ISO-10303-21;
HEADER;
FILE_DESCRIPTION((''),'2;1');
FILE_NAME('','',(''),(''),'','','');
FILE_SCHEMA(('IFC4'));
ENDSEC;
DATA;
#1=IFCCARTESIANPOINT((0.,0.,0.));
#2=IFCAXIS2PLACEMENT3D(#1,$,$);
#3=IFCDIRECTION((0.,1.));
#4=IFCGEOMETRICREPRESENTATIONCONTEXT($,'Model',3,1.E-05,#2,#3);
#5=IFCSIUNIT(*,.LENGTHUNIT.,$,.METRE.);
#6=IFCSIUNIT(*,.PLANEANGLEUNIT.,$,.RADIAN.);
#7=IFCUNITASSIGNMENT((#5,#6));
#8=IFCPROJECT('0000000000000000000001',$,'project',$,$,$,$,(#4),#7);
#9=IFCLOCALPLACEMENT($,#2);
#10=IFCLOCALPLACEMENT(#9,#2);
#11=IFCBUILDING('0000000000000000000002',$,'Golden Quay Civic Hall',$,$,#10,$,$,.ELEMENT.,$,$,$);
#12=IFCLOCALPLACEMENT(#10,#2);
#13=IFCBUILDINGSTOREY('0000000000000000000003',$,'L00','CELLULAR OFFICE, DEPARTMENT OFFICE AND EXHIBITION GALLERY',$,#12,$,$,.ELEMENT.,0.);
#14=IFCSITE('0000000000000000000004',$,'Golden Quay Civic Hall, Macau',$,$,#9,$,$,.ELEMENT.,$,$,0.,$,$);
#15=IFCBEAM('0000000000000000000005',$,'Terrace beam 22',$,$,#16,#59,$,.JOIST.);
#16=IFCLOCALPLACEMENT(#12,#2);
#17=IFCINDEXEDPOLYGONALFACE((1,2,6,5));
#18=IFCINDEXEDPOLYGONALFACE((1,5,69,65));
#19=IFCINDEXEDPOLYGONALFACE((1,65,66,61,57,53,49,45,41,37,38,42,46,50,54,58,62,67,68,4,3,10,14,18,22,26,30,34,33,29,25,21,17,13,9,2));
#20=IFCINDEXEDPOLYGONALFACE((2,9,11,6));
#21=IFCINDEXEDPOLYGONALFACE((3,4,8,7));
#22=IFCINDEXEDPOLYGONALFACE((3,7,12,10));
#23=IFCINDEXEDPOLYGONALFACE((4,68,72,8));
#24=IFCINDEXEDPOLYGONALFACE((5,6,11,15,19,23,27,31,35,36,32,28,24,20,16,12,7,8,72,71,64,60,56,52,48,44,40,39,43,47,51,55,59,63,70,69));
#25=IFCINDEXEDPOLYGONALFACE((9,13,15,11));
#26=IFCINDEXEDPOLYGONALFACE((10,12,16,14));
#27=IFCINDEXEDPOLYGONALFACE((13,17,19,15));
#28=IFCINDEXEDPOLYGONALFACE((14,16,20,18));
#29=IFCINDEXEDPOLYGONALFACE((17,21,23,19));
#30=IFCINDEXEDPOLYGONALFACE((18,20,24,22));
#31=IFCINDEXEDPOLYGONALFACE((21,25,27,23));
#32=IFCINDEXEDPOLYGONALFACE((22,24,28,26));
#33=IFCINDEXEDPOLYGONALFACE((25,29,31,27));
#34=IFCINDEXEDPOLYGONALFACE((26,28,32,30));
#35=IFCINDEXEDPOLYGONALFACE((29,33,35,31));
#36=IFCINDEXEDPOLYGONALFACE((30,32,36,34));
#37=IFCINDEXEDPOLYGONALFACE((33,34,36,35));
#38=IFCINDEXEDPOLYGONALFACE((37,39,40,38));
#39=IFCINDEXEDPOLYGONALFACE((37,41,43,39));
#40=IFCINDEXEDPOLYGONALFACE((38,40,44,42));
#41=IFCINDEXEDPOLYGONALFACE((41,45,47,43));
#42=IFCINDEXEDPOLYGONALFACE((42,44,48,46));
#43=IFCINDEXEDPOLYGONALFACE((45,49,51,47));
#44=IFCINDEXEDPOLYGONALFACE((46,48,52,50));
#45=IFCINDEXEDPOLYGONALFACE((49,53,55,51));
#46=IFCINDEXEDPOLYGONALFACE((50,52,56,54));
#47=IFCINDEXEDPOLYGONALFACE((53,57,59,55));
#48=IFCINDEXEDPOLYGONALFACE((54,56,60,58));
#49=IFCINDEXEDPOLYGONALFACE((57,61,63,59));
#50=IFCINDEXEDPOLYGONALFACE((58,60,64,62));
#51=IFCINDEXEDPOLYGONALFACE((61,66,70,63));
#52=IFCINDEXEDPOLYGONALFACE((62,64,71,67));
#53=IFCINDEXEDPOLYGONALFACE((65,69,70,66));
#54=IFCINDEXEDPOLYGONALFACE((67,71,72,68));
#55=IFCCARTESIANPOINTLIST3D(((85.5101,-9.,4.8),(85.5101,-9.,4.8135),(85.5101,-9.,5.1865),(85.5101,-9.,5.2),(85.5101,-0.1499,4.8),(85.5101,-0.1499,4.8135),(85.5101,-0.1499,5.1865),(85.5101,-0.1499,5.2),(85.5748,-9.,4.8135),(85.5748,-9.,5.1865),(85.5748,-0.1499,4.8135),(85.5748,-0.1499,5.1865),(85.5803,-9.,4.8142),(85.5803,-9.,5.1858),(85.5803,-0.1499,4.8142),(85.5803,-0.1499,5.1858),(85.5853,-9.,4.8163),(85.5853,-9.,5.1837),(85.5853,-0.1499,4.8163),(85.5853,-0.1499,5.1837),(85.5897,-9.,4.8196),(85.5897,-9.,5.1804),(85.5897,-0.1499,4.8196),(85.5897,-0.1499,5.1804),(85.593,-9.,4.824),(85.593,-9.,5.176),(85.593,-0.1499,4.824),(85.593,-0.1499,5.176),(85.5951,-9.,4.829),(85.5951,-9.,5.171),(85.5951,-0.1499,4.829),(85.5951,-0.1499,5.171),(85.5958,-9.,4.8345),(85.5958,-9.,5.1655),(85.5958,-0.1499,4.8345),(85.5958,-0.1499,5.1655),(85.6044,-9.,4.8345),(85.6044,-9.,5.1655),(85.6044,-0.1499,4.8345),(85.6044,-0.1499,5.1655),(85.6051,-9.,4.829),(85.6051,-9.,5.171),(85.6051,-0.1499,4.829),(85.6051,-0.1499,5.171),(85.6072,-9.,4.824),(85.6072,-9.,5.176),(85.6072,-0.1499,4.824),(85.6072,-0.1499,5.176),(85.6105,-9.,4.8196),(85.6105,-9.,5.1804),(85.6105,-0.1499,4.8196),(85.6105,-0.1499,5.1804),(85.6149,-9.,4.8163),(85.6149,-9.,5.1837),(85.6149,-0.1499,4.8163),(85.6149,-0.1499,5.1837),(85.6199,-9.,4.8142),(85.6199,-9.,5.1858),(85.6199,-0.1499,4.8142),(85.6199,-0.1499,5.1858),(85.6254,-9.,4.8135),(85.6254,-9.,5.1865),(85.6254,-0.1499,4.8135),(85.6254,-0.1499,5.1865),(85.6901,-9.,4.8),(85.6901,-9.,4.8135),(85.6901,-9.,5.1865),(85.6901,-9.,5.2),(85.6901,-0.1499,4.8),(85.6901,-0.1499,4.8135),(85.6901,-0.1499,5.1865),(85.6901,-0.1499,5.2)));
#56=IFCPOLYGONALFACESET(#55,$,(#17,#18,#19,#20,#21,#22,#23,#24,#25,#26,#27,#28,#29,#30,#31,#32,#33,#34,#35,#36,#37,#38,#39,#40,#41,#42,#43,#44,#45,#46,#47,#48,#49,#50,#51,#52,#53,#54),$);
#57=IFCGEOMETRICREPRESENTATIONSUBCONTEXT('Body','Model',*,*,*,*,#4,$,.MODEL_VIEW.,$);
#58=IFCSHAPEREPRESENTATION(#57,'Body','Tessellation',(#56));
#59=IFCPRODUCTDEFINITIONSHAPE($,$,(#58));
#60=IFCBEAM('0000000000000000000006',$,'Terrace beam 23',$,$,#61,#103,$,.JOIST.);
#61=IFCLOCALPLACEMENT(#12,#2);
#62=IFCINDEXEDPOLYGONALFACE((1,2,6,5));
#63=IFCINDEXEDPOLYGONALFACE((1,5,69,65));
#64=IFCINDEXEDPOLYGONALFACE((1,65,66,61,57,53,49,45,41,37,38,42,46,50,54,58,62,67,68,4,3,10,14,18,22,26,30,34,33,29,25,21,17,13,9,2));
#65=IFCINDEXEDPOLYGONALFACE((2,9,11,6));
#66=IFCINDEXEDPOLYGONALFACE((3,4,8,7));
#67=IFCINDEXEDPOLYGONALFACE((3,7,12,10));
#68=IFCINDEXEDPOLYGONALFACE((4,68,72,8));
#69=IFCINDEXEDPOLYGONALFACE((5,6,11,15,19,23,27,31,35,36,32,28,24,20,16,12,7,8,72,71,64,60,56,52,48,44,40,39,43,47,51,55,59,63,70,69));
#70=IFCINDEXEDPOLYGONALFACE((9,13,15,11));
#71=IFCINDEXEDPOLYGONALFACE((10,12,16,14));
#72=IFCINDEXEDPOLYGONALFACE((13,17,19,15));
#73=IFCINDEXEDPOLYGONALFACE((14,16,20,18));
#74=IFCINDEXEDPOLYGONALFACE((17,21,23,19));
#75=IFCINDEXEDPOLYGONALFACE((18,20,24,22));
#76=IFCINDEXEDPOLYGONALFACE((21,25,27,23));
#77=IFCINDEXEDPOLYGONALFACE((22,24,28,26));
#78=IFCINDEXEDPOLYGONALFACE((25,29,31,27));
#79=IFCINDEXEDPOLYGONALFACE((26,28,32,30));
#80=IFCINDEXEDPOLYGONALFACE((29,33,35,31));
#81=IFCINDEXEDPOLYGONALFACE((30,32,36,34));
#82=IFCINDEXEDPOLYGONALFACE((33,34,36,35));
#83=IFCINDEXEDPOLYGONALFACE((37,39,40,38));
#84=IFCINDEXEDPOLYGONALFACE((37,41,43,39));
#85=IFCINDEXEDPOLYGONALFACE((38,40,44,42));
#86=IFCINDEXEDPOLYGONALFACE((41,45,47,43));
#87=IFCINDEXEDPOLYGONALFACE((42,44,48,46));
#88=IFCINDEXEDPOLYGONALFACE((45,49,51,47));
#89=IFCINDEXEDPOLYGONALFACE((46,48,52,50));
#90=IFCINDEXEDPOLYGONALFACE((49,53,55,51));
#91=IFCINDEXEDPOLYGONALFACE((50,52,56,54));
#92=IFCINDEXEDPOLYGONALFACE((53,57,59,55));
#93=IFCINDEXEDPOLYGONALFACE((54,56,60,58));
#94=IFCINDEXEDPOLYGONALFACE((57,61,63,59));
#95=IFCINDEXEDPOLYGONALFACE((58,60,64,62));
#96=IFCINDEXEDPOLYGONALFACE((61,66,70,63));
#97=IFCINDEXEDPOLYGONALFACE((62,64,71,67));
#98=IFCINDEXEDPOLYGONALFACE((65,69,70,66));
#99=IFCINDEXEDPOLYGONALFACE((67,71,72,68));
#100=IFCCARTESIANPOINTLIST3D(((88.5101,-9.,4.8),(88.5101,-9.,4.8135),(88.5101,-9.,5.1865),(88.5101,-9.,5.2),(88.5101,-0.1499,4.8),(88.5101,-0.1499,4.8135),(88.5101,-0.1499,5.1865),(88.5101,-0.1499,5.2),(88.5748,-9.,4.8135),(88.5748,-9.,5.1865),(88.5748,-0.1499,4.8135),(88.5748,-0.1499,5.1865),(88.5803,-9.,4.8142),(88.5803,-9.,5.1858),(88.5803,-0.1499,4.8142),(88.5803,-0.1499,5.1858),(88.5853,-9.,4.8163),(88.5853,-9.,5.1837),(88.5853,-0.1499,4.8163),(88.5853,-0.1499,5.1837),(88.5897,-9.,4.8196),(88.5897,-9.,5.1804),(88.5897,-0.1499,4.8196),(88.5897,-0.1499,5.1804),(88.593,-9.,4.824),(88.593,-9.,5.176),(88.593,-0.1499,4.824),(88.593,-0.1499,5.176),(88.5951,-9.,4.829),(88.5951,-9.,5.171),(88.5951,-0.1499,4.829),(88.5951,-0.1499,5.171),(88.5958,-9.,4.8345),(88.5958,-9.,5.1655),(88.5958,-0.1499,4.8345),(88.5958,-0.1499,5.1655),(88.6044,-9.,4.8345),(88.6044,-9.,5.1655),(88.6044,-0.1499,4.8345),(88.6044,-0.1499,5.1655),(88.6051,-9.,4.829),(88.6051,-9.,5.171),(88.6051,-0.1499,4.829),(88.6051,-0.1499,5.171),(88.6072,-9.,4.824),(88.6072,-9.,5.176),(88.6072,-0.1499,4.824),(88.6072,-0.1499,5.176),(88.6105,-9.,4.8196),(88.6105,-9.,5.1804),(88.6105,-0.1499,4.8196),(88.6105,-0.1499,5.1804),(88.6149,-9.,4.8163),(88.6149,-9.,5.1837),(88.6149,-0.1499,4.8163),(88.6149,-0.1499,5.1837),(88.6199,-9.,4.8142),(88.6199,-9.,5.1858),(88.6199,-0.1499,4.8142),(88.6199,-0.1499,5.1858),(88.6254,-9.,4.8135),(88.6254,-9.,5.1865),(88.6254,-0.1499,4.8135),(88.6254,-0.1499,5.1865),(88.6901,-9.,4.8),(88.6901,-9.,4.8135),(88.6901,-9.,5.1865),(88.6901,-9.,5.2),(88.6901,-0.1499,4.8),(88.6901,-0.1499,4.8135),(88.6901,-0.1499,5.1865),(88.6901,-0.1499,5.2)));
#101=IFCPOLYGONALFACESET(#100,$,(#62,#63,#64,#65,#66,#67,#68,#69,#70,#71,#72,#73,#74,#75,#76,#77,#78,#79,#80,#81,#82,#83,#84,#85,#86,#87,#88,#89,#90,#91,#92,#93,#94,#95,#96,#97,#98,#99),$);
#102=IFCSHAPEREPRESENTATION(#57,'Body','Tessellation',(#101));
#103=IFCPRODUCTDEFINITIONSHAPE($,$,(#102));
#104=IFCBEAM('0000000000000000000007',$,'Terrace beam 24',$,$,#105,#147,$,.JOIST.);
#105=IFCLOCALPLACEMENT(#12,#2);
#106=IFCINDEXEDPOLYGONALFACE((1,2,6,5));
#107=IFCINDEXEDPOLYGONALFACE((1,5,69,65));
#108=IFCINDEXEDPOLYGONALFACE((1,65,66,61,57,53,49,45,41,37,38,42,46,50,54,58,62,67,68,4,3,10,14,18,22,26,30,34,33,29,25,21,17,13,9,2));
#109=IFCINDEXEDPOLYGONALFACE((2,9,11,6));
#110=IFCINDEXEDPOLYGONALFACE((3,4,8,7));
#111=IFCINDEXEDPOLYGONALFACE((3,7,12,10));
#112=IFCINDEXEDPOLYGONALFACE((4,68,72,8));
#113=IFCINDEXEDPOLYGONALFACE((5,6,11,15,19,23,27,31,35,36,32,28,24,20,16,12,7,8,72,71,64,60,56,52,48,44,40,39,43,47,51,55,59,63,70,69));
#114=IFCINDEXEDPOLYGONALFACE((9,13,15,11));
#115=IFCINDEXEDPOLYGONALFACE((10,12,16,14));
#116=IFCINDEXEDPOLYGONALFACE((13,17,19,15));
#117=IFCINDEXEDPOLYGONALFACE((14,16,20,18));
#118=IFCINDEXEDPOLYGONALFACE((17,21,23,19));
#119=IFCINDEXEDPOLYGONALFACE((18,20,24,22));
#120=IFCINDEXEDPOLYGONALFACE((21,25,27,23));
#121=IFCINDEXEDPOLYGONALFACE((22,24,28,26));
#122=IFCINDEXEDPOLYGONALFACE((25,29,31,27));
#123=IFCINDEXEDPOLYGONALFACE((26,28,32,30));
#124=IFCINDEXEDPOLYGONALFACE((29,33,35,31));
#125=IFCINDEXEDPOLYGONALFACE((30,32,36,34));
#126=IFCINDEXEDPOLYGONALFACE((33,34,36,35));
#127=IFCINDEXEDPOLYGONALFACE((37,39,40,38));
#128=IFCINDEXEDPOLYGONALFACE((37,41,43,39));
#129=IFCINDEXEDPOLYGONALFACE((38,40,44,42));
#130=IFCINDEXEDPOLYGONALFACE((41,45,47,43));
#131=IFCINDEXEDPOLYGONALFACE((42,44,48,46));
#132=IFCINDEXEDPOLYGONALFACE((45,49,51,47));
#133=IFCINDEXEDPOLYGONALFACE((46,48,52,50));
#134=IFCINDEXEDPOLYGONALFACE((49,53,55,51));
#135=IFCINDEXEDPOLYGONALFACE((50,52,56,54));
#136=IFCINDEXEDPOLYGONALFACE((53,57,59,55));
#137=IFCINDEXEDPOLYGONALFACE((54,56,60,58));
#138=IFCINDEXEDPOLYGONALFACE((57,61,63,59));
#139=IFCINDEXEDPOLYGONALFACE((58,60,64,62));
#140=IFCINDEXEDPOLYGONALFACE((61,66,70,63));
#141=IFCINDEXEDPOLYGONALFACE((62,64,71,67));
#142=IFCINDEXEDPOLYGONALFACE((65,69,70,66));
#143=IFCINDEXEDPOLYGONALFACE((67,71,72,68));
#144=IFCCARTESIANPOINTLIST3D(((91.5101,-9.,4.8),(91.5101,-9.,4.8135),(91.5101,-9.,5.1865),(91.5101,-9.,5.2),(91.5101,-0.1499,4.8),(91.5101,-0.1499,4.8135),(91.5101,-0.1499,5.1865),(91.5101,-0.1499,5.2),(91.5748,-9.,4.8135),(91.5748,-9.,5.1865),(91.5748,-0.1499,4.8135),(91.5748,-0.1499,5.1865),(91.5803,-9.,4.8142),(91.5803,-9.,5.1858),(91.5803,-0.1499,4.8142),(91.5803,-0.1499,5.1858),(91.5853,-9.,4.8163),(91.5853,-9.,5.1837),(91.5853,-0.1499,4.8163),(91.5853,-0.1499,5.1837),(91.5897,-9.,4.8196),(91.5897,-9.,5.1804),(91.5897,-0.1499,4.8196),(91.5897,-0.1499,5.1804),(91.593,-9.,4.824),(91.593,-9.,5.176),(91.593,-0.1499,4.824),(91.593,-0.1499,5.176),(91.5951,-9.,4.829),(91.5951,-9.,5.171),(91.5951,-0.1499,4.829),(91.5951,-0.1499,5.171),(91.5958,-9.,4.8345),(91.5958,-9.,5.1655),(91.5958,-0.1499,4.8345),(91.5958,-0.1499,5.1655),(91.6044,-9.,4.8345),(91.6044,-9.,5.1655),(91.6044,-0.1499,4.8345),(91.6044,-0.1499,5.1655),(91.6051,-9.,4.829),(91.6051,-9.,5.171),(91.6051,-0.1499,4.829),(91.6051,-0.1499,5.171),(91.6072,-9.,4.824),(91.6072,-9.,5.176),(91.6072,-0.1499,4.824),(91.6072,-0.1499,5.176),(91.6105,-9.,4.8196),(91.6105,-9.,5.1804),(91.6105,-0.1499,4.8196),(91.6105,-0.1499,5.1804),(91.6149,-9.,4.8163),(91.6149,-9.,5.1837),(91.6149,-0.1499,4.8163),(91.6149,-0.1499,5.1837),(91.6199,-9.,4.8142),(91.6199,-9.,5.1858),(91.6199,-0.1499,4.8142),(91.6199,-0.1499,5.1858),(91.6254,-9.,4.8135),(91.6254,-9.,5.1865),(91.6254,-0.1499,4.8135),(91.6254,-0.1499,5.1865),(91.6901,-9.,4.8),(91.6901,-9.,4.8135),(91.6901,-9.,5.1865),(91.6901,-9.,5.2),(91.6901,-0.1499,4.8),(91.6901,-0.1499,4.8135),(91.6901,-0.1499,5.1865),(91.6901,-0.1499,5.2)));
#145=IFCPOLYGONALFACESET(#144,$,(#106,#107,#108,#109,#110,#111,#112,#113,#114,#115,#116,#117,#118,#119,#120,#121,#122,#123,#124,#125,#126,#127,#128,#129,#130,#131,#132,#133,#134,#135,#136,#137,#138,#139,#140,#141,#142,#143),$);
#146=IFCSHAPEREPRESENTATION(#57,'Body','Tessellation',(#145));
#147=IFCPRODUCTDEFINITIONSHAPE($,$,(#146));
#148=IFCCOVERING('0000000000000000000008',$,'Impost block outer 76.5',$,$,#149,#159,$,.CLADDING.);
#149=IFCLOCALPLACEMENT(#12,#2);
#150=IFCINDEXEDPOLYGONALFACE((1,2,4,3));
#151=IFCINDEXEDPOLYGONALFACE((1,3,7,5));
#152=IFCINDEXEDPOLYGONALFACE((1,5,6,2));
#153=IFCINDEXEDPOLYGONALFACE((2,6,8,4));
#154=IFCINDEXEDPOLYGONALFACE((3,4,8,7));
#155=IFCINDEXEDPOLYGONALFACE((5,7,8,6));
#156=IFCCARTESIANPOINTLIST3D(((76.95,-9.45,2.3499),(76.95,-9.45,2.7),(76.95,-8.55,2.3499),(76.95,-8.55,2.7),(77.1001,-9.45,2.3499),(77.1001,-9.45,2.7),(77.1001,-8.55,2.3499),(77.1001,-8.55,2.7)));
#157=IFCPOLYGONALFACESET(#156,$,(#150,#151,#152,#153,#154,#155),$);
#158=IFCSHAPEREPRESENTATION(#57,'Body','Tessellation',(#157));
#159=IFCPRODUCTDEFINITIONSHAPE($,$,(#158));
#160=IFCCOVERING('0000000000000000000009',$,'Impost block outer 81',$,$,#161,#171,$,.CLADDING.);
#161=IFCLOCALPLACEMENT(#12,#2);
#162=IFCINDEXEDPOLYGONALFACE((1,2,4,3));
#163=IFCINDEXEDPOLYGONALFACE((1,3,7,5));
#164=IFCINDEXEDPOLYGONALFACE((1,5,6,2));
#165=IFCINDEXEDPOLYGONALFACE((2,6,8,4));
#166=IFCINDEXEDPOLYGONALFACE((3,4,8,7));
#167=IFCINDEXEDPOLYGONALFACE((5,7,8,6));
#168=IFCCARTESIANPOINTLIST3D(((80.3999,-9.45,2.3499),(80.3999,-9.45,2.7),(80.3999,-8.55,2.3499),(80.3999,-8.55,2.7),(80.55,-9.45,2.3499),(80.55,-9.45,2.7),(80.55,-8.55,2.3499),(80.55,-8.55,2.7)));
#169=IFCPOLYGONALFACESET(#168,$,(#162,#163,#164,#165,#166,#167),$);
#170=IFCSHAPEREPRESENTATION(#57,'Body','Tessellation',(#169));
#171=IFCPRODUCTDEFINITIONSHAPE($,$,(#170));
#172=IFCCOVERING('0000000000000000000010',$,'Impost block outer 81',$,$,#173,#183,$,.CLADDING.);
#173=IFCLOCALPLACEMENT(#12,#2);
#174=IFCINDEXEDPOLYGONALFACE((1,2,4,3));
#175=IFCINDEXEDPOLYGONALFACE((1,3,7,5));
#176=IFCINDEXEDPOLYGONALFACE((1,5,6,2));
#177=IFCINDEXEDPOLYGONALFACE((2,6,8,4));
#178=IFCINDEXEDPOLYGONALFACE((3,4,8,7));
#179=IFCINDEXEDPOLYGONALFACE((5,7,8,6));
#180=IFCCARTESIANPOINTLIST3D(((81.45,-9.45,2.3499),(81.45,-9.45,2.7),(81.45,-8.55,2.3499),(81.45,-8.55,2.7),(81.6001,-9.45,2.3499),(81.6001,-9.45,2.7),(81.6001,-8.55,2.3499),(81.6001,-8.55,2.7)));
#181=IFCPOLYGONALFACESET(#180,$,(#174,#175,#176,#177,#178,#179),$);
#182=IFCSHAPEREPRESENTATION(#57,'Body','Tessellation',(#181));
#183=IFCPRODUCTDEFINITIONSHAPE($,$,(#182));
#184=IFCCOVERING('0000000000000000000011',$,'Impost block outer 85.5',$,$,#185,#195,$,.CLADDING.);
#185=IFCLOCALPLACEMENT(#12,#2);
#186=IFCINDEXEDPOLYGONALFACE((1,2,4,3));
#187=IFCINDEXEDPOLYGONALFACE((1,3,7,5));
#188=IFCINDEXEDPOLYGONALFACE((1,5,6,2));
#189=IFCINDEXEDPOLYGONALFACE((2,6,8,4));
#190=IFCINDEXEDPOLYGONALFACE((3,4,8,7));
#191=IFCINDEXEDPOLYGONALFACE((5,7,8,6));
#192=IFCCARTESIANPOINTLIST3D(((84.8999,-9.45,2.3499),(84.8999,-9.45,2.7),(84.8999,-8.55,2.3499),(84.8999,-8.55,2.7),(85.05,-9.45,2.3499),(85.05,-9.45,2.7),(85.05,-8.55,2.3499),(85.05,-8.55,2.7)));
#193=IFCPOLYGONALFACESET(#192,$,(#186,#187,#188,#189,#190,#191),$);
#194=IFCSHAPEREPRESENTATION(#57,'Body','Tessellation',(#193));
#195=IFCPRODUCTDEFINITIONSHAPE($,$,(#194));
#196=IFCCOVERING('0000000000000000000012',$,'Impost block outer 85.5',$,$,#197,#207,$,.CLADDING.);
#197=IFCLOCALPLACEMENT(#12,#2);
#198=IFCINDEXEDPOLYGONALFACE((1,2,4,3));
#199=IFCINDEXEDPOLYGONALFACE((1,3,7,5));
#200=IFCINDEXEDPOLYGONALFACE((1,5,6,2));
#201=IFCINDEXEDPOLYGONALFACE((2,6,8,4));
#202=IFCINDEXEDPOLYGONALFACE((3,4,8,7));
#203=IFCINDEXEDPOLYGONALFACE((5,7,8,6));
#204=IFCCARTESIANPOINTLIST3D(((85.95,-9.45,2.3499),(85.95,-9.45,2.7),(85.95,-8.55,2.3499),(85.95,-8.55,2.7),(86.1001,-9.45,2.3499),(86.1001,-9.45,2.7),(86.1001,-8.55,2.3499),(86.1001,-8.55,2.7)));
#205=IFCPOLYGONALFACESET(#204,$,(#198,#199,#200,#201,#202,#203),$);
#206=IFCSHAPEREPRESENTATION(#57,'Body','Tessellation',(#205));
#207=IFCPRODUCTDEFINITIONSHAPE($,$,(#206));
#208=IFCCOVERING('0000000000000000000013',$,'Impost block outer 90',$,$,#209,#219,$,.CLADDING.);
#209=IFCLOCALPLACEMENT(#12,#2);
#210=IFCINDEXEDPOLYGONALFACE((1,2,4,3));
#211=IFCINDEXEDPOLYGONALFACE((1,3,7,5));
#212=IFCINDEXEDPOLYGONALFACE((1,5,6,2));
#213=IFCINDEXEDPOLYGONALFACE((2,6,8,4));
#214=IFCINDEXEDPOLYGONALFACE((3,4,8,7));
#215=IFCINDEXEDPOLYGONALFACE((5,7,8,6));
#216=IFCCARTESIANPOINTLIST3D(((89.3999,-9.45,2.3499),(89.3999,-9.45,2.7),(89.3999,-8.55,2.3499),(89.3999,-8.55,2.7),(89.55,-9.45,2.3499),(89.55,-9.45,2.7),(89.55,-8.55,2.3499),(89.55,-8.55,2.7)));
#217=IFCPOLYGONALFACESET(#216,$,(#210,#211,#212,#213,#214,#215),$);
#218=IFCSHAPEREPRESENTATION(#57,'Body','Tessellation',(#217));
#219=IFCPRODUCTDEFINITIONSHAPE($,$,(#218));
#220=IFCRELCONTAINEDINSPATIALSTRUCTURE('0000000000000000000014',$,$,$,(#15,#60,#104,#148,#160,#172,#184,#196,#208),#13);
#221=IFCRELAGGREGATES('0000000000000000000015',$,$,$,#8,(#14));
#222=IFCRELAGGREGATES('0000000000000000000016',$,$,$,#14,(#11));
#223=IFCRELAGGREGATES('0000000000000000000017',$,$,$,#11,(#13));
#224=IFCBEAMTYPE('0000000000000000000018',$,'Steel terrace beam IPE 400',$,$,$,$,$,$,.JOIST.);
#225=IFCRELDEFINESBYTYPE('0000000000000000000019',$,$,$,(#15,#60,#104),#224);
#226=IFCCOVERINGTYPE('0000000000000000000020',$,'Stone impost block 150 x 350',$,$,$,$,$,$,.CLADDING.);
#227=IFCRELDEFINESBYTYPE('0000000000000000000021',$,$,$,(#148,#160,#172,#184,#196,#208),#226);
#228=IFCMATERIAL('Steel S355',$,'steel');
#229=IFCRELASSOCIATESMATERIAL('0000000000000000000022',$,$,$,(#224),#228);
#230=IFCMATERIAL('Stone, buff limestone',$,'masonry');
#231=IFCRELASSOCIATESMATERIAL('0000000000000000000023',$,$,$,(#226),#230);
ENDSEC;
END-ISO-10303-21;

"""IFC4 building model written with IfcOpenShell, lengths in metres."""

from ifc_helpers import new_model, si_unit, direction, frame, origin, origin_2d, place, context, subcontext, project, spatial, rectangle, i_section, extrude, material, material_profile, profile_set, type_object, element, save


model = new_model("IFC4")

# Units and contexts
model_context = context("Model", 3, precision=1e-05, world=origin(), true_north=direction((0.0, 1.0)))
body_context = subcontext(model_context, "Body", "Model", "MODEL_VIEW")
ifc_project = project(units=[si_unit("LENGTHUNIT", "METRE"), si_unit("PLANEANGLEUNIT", "RADIAN")], contexts=[model_context])

# Site, building, storey
site_placement = place(None, origin())
site = spatial("IfcSite", under=ifc_project, at=site_placement, Name="Golden Quay Civic Hall, Macau", CompositionType="ELEMENT", RefElevation=0.0)
building_placement = place(site_placement, origin())
building = spatial("IfcBuilding", under=site, at=building_placement, Name="Golden Quay Civic Hall", CompositionType="ELEMENT")
storey_placement = place(building_placement, origin())
storey = spatial("IfcBuildingStorey", under=building, at=storey_placement, Name="L00", Description="CELLULAR OFFICE, DEPARTMENT OFFICE AND EXHIBITION GALLERY", CompositionType="ELEMENT", Elevation=0.0)

# Beams
ifc_material_1 = material(Name="Steel S355", Category="steel")
ifc_material_profile_1 = material_profile(ifc_material_1, i_section(OverallWidth=0.1799, OverallDepth=0.3999, WebThickness=0.0085, FlangeThickness=0.0134, FilletRadius=0.021, at=origin_2d()), Name="IPE 400")
ifc_profile_set_1 = profile_set([ifc_material_profile_1], Name="Steel S355")
beam_type_1 = type_object("IfcBeamType", Name="Steel terrace beam IPE 400", PredefinedType="JOIST", material=ifc_profile_set_1)
for number, where, z_axis, x_axis, name in (
    (1, (85.6001, -9.0, 5.0), (0.0, 1.0, 0.0), (-1.0, 0.0, 0.0), "Terrace beam 22"),
    (2, (88.6001, -9.0, 5.0), (0.0, 1.0, 0.0), (-1.0, 0.0, 0.0), "Terrace beam 23"),
    (3, (91.6001, -9.0, 5.0), (0.0, 1.0, 0.0), (-1.0, 0.0, 0.0), "Terrace beam 24"),
):
    element("IfcBeam", number, at=place(storey_placement, frame(where, z_axis=z_axis, x_axis=x_axis)), inside=storey, type_object=beam_type_1, Name=name, PredefinedType="JOIST", context=body_context, shape_type="SweptSolid", body=[
        extrude(i_section(OverallWidth=0.1799, OverallDepth=0.3999, WebThickness=0.0085, FlangeThickness=0.0134, FilletRadius=0.021, at=origin_2d()), origin(), (0.0, 0.0, 1.0), 8.8501),
    ])

# Coverings
ifc_material_2 = material(Name="Stone, buff limestone", Category="masonry")
ifc_material_profile_2 = material_profile(ifc_material_2, rectangle(XDim=0.8999, YDim=0.3501, at=origin_2d()), Name="RC 900x350")
ifc_profile_set_2 = profile_set([ifc_material_profile_2], Name="Stone, buff limestone")
covering_type_1 = type_object("IfcCoveringType", Name="Stone impost block 150 x 350", PredefinedType="CLADDING", material=ifc_profile_set_2)
for number, where, z_axis, x_axis, name in (
    (4, (76.95, -9.0, 2.5249), (1.0, 0.0, 0.0), (0.0, 1.0, 0.0), "Impost block outer 76.5"),
    (5, (80.55, -9.0, 2.5249), (-1.0, 0.0, 0.0), (0.0, -1.0, 0.0), "Impost block outer 81"),
    (6, (81.45, -9.0, 2.5249), (1.0, 0.0, 0.0), (0.0, 1.0, 0.0), "Impost block outer 81"),
    (7, (85.05, -9.0, 2.5249), (-1.0, 0.0, 0.0), (0.0, -1.0, 0.0), "Impost block outer 85.5"),
    (8, (85.95, -9.0, 2.5249), (1.0, 0.0, 0.0), (0.0, 1.0, 0.0), "Impost block outer 85.5"),
    (9, (89.55, -9.0, 2.5249), (-1.0, 0.0, 0.0), (0.0, -1.0, 0.0), "Impost block outer 90"),
):
    element("IfcCovering", number, at=place(storey_placement, frame(where, z_axis=z_axis, x_axis=x_axis)), inside=storey, type_object=covering_type_1, Name=name, PredefinedType="CLADDING", context=body_context, shape_type="SweptSolid", body=[
        extrude(rectangle(XDim=0.8999, YDim=0.3501, at=origin_2d()), origin(), (0.0, 0.0, 1.0), 0.1501),
    ])

save(model, "model.ifc")
